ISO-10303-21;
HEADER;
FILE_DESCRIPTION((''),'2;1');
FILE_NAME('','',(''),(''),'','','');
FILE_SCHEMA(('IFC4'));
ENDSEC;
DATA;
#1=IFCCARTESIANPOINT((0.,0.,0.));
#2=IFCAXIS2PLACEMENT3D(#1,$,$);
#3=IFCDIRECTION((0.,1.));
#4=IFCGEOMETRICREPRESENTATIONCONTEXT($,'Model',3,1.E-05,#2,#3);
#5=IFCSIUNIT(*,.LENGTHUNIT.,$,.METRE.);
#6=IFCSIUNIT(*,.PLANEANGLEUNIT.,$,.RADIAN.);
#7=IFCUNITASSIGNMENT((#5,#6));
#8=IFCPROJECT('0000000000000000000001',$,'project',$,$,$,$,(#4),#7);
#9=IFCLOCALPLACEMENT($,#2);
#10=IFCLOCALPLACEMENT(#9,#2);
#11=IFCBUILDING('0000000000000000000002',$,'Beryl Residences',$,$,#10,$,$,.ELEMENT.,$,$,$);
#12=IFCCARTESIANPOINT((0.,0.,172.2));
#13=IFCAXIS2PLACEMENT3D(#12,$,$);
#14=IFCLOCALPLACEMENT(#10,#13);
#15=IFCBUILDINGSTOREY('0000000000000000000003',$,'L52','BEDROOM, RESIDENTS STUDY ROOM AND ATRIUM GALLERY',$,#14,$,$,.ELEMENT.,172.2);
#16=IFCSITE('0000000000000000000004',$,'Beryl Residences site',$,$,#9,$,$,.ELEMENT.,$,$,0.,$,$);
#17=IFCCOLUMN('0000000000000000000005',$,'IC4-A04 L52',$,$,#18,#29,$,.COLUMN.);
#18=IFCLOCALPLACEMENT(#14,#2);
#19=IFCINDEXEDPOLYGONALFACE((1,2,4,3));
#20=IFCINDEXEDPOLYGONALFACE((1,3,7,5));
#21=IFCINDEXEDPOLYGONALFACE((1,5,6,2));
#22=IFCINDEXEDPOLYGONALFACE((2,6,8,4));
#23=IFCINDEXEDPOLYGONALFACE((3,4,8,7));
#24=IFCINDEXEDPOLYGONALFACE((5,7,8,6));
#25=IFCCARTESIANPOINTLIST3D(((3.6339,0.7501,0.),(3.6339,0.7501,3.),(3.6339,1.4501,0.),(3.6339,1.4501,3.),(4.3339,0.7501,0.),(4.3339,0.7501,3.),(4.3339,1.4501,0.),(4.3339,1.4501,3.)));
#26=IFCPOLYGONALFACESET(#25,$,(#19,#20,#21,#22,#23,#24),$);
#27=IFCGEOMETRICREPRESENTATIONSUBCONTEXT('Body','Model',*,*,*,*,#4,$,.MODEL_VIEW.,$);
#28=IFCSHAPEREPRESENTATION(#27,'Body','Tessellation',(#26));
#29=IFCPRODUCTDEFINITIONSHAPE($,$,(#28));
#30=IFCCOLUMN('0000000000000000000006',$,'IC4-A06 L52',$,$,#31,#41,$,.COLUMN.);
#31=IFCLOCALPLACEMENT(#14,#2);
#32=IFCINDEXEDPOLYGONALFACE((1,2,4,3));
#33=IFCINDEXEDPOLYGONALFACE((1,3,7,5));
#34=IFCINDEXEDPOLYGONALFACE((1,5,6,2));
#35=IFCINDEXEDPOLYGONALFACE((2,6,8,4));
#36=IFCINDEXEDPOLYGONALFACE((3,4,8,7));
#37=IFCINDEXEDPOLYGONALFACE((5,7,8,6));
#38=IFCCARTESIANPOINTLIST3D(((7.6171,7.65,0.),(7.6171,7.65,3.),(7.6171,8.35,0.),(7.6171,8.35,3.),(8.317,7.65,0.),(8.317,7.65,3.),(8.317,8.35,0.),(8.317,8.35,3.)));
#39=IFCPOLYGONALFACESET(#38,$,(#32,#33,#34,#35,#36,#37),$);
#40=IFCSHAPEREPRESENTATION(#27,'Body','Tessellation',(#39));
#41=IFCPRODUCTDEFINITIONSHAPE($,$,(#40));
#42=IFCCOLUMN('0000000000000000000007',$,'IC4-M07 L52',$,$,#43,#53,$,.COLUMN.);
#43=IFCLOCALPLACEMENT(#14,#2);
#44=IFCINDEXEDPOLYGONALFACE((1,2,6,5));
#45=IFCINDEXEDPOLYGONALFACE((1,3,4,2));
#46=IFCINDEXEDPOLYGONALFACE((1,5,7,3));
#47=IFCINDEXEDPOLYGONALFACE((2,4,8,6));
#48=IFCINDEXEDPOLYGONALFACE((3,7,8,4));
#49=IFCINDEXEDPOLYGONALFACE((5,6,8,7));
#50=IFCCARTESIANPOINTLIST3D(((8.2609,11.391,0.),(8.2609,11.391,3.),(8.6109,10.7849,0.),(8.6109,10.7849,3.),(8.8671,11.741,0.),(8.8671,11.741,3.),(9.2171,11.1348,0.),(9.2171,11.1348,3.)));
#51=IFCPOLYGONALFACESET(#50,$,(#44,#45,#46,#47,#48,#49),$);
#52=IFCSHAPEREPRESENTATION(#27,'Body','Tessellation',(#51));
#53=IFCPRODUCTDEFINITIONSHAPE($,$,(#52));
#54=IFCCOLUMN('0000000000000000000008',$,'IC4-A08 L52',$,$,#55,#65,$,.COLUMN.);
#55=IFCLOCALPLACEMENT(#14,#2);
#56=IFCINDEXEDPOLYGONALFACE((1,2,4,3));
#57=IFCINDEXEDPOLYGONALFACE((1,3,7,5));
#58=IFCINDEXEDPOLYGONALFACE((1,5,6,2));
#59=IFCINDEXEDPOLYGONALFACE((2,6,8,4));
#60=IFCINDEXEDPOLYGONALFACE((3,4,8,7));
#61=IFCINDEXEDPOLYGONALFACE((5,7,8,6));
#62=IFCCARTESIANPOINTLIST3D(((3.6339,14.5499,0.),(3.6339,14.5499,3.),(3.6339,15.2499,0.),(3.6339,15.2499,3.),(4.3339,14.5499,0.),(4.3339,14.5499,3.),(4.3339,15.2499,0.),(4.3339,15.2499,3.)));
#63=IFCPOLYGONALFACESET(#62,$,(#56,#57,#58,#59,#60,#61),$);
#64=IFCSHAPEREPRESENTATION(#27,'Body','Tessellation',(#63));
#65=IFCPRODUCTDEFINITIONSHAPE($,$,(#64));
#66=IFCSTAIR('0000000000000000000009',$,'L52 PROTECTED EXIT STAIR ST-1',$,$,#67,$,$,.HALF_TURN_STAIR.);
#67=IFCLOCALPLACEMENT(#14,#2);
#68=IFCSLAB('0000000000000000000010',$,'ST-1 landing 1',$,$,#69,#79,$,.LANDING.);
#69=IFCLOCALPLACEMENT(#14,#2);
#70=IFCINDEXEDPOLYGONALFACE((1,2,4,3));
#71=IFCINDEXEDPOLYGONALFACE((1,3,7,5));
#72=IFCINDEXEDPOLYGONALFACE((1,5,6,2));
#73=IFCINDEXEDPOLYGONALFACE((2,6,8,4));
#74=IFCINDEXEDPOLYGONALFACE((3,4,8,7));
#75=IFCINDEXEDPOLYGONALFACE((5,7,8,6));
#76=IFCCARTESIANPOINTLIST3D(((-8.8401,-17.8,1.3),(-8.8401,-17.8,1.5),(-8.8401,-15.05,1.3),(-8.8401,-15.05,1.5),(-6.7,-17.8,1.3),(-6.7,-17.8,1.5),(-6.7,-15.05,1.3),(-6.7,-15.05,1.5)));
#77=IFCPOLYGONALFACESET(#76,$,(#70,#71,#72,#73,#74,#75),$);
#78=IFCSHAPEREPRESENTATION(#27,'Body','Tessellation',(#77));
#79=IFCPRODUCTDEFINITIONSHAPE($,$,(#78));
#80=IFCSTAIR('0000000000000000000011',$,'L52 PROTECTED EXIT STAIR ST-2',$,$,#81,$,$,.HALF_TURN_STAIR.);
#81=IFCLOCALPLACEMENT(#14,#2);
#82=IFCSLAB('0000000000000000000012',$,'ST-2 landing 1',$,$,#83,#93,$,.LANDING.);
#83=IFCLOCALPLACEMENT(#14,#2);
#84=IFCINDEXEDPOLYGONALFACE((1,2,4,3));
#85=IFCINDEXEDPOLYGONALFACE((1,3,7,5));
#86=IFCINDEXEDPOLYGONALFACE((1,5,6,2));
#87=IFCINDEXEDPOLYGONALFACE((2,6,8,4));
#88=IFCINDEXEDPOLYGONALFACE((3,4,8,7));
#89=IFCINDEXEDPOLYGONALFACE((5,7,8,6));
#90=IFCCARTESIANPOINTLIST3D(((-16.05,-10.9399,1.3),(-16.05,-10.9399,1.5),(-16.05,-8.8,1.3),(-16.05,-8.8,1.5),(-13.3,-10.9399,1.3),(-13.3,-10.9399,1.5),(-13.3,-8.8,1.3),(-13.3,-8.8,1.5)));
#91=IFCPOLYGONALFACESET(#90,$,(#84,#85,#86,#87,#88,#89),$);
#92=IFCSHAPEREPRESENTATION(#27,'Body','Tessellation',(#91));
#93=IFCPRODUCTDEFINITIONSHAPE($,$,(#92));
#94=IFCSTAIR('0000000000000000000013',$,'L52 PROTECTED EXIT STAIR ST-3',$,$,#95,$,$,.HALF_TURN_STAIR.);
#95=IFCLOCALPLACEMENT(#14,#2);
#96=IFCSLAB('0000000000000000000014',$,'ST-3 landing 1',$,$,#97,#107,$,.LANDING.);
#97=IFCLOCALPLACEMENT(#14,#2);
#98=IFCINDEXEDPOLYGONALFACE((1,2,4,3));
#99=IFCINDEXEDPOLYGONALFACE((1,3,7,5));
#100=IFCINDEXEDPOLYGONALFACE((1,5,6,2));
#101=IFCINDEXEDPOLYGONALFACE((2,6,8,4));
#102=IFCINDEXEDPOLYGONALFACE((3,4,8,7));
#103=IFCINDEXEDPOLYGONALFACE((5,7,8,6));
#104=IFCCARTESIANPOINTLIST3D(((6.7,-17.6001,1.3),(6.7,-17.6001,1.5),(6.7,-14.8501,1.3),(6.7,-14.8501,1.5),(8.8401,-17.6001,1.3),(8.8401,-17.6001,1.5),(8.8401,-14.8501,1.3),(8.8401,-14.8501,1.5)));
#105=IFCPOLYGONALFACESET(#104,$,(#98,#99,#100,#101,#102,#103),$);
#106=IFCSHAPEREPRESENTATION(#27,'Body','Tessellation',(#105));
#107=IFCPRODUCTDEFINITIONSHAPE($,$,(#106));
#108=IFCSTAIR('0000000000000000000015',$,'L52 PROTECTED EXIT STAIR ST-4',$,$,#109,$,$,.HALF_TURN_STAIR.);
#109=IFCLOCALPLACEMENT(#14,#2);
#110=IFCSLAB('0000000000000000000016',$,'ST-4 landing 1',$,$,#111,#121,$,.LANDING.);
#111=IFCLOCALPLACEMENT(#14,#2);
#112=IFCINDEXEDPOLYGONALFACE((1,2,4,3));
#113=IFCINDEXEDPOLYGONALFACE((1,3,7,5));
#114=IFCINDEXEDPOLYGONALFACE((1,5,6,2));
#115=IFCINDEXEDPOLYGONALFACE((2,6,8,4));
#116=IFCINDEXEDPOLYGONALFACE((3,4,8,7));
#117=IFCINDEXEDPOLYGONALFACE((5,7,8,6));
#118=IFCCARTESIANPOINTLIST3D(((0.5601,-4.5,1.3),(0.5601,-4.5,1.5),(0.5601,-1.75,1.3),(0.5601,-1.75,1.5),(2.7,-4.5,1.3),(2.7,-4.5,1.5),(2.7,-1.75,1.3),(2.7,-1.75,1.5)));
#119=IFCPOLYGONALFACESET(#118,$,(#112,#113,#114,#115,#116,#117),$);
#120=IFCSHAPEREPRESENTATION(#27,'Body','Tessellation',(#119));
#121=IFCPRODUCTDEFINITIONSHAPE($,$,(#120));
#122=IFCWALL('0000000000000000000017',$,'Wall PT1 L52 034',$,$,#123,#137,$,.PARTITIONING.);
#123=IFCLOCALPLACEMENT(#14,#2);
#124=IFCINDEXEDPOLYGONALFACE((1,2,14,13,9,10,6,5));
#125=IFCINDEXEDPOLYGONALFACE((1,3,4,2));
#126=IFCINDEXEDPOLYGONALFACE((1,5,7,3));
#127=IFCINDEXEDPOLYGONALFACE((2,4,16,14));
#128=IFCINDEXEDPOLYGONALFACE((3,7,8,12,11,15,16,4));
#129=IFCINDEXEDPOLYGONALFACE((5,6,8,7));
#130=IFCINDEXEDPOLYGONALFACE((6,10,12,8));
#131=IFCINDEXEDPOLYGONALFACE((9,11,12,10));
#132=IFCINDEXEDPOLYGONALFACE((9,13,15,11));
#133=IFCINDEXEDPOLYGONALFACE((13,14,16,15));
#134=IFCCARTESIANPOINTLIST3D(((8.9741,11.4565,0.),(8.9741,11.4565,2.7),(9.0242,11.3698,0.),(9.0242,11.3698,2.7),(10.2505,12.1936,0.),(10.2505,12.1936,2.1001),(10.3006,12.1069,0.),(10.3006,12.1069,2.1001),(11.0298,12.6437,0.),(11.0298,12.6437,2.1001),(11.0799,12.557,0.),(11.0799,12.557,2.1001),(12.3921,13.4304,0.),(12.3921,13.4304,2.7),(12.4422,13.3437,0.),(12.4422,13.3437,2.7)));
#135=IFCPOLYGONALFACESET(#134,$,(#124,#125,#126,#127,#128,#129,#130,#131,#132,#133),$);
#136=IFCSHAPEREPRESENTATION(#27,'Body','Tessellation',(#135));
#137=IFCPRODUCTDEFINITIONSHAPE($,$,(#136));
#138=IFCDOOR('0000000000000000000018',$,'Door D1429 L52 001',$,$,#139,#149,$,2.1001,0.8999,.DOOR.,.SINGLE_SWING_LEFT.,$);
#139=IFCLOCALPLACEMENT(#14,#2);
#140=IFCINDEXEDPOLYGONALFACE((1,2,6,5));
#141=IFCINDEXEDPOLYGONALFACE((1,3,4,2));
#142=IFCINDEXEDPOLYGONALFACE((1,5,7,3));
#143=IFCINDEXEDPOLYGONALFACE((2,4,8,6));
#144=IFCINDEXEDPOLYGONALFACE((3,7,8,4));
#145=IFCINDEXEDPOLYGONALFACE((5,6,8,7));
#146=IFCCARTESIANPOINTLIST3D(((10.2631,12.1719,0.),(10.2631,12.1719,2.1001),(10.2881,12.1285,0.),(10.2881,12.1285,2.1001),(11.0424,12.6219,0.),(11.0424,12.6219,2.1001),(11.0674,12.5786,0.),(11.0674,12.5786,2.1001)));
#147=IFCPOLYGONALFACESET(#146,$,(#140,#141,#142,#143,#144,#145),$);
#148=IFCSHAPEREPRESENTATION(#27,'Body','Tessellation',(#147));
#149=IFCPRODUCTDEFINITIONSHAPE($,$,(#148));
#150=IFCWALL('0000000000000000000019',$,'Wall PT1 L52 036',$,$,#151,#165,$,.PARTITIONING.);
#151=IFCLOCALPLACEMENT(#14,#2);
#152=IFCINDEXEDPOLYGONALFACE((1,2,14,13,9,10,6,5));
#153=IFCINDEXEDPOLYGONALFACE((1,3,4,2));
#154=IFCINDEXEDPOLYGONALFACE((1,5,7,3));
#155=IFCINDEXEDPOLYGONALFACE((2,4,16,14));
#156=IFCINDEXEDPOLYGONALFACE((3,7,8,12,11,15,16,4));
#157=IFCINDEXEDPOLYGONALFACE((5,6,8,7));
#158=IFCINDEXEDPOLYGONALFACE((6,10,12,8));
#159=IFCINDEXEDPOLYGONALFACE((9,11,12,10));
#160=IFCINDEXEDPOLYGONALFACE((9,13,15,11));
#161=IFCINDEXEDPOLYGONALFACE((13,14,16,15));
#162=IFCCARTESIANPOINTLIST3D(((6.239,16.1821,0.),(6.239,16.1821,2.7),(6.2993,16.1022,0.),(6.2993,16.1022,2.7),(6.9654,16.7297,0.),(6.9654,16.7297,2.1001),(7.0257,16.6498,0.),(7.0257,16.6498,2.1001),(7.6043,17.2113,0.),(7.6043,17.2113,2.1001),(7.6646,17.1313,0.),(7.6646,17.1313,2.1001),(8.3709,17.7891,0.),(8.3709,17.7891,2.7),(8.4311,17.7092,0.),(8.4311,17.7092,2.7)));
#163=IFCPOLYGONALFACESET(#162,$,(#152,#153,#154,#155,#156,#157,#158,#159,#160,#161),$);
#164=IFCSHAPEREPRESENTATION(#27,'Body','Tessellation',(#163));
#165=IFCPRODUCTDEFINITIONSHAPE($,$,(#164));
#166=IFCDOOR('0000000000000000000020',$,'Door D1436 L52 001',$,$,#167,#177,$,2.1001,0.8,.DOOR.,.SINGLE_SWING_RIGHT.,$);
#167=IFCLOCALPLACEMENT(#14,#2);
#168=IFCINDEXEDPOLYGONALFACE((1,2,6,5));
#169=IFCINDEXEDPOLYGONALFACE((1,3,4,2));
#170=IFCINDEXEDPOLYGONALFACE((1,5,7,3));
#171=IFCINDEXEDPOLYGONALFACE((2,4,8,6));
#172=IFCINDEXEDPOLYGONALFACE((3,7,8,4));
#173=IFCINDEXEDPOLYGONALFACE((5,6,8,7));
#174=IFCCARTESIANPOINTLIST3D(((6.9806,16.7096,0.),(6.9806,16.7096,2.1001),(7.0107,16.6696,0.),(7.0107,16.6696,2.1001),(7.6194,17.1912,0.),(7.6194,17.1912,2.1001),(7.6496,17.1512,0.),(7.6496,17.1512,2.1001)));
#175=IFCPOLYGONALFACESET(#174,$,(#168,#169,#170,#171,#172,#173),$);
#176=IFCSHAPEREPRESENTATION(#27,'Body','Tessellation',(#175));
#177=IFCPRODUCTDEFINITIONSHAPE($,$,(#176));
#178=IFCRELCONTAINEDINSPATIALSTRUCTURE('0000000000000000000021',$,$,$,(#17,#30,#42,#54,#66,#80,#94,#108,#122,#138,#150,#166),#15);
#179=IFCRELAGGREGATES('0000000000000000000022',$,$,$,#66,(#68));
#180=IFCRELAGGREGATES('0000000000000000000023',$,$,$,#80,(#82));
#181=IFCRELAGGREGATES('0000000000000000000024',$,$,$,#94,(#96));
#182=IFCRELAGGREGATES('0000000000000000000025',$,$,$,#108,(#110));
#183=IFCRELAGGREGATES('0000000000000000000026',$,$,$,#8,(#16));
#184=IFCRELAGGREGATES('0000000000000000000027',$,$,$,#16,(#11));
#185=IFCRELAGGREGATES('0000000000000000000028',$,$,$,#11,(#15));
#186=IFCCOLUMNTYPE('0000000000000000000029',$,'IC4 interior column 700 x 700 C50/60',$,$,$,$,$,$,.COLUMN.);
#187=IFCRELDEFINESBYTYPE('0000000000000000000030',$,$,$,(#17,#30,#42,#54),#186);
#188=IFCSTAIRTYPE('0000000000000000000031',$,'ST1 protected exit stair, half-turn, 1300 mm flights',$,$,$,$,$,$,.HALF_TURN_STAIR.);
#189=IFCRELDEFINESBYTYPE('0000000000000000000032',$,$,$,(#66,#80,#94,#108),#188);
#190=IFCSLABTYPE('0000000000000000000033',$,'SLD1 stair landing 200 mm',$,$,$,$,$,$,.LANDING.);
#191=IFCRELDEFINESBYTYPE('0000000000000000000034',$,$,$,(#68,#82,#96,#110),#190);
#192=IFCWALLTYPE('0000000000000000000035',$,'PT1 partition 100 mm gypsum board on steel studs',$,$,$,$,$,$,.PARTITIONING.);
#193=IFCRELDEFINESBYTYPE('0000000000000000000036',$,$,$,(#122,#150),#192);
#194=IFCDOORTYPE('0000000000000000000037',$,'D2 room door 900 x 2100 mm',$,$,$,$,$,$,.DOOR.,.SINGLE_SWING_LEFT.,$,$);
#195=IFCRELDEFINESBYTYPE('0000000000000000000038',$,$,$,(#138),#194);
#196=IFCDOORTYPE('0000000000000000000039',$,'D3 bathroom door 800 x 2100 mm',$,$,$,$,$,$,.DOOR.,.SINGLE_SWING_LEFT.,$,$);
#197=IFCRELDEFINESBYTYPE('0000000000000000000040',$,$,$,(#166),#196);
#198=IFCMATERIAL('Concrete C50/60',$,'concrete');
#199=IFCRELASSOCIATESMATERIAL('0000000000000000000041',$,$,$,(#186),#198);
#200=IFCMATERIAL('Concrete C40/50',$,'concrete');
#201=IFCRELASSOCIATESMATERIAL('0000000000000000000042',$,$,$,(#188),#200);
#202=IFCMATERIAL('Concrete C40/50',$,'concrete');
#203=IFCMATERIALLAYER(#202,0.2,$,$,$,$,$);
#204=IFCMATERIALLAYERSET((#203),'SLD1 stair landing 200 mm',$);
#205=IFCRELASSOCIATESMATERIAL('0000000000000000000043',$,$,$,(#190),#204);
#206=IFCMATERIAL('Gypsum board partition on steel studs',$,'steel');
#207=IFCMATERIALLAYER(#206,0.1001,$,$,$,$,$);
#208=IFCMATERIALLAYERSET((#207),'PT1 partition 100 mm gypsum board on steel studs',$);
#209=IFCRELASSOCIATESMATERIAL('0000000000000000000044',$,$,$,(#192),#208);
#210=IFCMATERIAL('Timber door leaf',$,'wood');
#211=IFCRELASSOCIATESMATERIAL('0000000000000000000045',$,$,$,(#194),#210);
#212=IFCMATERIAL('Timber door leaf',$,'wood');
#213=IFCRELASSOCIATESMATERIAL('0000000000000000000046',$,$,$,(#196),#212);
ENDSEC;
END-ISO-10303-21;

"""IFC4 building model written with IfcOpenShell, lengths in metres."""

from ifc_helpers import new_model, si_unit, direction, frame, frame_2d, origin, origin_2d, place, context, subcontext, project, spatial, polyline, rectangle, outline, extrude, material, layer, layer_set, material_profile, profile_set, type_object, element, fill, aggregate, save


model = new_model("IFC4")

# Units and contexts
model_context = context("Model", 3, precision=1e-05, world=origin(), true_north=direction((0.0, 1.0)))
body_context = subcontext(model_context, "Body", "Model", "MODEL_VIEW")
ifc_project = project(units=[si_unit("LENGTHUNIT", "METRE"), si_unit("PLANEANGLEUNIT", "RADIAN")], contexts=[model_context])

# Site, building, storey
site_placement = place(None, origin())
site = spatial("IfcSite", under=ifc_project, at=site_placement, Name="Beryl Residences site", CompositionType="ELEMENT", RefElevation=0.0)
building_placement = place(site_placement, origin())
building = spatial("IfcBuilding", under=site, at=building_placement, Name="Beryl Residences", CompositionType="ELEMENT")
storey_placement = place(building_placement, frame((0.0, 0.0, 172.2)))
storey = spatial("IfcBuildingStorey", under=building, at=storey_placement, Name="L52", Description="BEDROOM, RESIDENTS STUDY ROOM AND ATRIUM GALLERY", CompositionType="ELEMENT", Elevation=172.2)

# Columns
ifc_material_1 = material(Name="Concrete C50/60", Category="concrete")
ifc_material_profile = material_profile(ifc_material_1, rectangle(XDim=0.7, YDim=0.7, at=origin_2d()))
ifc_profile_set = profile_set([ifc_material_profile], Name="Concrete C50/60")
column_type = type_object("IfcColumnType", Name="IC4 interior column 700 x 700 C50/60", PredefinedType="COLUMN", material=ifc_profile_set)
for number, where, z_axis, x_axis, name in (
    (1, (3.9839, 1.1001, 0.0), (0.0, 0.0, 1.0), (1.0, 0.0, 0.0), "IC4-A04 L52"),
    (2, (7.967, 8.0, 0.0), (0.0, 0.0, 1.0), (1.0, 0.0, 0.0), "IC4-A06 L52"),
    (3, (8.739, 11.2629, 0.0), (0.0, 0.0, 1.0), (-0.5, 0.866025, 0.0), "IC4-M07 L52"),
    (4, (3.9839, 14.8999, 0.0), (0.0, 0.0, 1.0), (1.0, 0.0, 0.0), "IC4-A08 L52"),
):
    element("IfcColumn", number, at=place(storey_placement, frame(where, z_axis=z_axis, x_axis=x_axis)), inside=storey, type_object=column_type, Name=name, PredefinedType="COLUMN", context=body_context, shape_type="SweptSolid", body=[
        extrude(rectangle(XDim=0.7, YDim=0.7, at=origin_2d()), origin(), (0.0, 0.0, 1.0), 3.0),
    ])

# Stairs, slabs
ifc_material_2 = material(Name="Concrete C40/50", Category="concrete")
stair_type = type_object("IfcStairType", Name="ST1 protected exit stair, half-turn, 1300 mm flights", PredefinedType="HALF_TURN_STAIR", material=ifc_material_2)
stair_1_placement = place(storey_placement, origin())
stair_1 = element("IfcStair", 5, at=stair_1_placement, inside=storey, type_object=stair_type, Name="L52 PROTECTED EXIT STAIR ST-1", PredefinedType="HALF_TURN_STAIR")
ifc_material_3 = material(Name="Concrete C40/50", Category="concrete")
ifc_layer_1 = layer(ifc_material_3, 0.2)
ifc_layer_set_1 = layer_set([ifc_layer_1], Name="SLD1 stair landing 200 mm")
slab_type_1 = type_object("IfcSlabType", Name="SLD1 stair landing 200 mm", PredefinedType="LANDING", material=ifc_layer_set_1)
slab_1_placement = place(storey_placement, frame((0.0, 0.0, 1.3)))
slab_1 = element("IfcSlab", 6, at=slab_1_placement, type_object=slab_type_1, Name="ST-1 landing 1", PredefinedType="LANDING", context=body_context, shape_type="SweptSolid", body=[
    extrude(outline(polyline([(-8.8401, -17.8), (-6.7, -17.8), (-6.7, -15.05), (-8.8401, -15.05), (-8.8401, -17.8)])), origin(), (0.0, 0.0, 1.0), 0.2),
])
aggregate(stair_1, [slab_1])
stair_2_placement = place(storey_placement, origin())
stair_2 = element("IfcStair", 7, at=stair_2_placement, inside=storey, type_object=stair_type, Name="L52 PROTECTED EXIT STAIR ST-2", PredefinedType="HALF_TURN_STAIR")
slab_2_placement = place(storey_placement, frame((0.0, 0.0, 1.3)))
slab_2 = element("IfcSlab", 8, at=slab_2_placement, type_object=slab_type_1, Name="ST-2 landing 1", PredefinedType="LANDING", context=body_context, shape_type="SweptSolid", body=[
    extrude(outline(polyline([(-13.3, -10.9399), (-13.3, -8.8), (-16.05, -8.8), (-16.05, -10.9399), (-13.3, -10.9399)])), origin(), (0.0, 0.0, 1.0), 0.2),
])
aggregate(stair_2, [slab_2])
stair_3_placement = place(storey_placement, origin())
stair_3 = element("IfcStair", 9, at=stair_3_placement, inside=storey, type_object=stair_type, Name="L52 PROTECTED EXIT STAIR ST-3", PredefinedType="HALF_TURN_STAIR")
slab_3_placement = place(storey_placement, frame((0.0, 0.0, 1.3)))
slab_3 = element("IfcSlab", 10, at=slab_3_placement, type_object=slab_type_1, Name="ST-3 landing 1", PredefinedType="LANDING", context=body_context, shape_type="SweptSolid", body=[
    extrude(outline(polyline([(8.8401, -14.8501), (6.7, -14.8501), (6.7, -17.6001), (8.8401, -17.6001), (8.8401, -14.8501)])), origin(), (0.0, 0.0, 1.0), 0.2),
])
aggregate(stair_3, [slab_3])
stair_4_placement = place(storey_placement, origin())
stair_4 = element("IfcStair", 11, at=stair_4_placement, inside=storey, type_object=stair_type, Name="L52 PROTECTED EXIT STAIR ST-4", PredefinedType="HALF_TURN_STAIR")
slab_4_placement = place(storey_placement, frame((0.0, 0.0, 1.3)))
slab_4 = element("IfcSlab", 12, at=slab_4_placement, type_object=slab_type_1, Name="ST-4 landing 1", PredefinedType="LANDING", context=body_context, shape_type="SweptSolid", body=[
    extrude(outline(polyline([(0.5601, -4.5), (2.7, -4.5), (2.7, -1.75), (0.5601, -1.75), (0.5601, -4.5)])), origin(), (0.0, 0.0, 1.0), 0.2),
])
aggregate(stair_4, [slab_4])

# Walls, openings, doors
ifc_material_4 = material(Name="Gypsum board partition on steel studs", Category="steel")
ifc_layer_2 = layer(ifc_material_4, 0.1001)
ifc_layer_set_2 = layer_set([ifc_layer_2], Name="PT1 partition 100 mm gypsum board on steel studs")
wall_type_1 = type_object("IfcWallType", Name="PT1 partition 100 mm gypsum board on steel studs", PredefinedType="PARTITIONING", material=ifc_layer_set_2)
wall_1_placement = place(storey_placement, frame((8.999, 11.4131, 0.0), z_axis=(0.0, 0.0, 1.0), x_axis=(0.865969, 0.500097, 0.0)))
wall_1 = element("IfcWall", 13, at=wall_1_placement, inside=storey, type_object=wall_type_1, Name="Wall PT1 L52 034", PredefinedType="PARTITIONING", context=body_context, shape_type="SweptSolid", body=[
    extrude(rectangle(XDim=3.947, YDim=0.1001, at=frame_2d((1.9736, 0.0))), origin(), (0.0, 0.0, 1.0), 2.7),
])
opening_1_placement = place(wall_1_placement, frame((1.4741, 0.0, 0.0)))
opening_1 = element("IfcOpeningElement", 14, at=opening_1_placement, cuts=wall_1, PredefinedType="OPENING", context=body_context, shape_type="SweptSolid", body=[
    extrude(rectangle(XDim=0.8999, YDim=2.1001, at=frame_2d((0.45, 1.05))), frame((0.0, 0.0601, 0.0), z_axis=(0.0, -1.0, 0.0), x_axis=(1.0, 0.0, 0.0)), (0.0, 0.0, 1.0), 0.1201),
])
ifc_material_5 = material(Name="Timber door leaf", Category="wood")
door_type_1 = type_object("IfcDoorType", Name="D2 room door 900 x 2100 mm", OperationType="SINGLE_SWING_LEFT", PredefinedType="DOOR", material=ifc_material_5)
door_1_placement = place(opening_1_placement, origin())
door_1 = element("IfcDoor", 15, at=door_1_placement, inside=storey, type_object=door_type_1, Name="Door D1429 L52 001", OperationType="SINGLE_SWING_LEFT", OverallHeight=2.1001, OverallWidth=0.8999, PredefinedType="DOOR", context=body_context, shape_type="SweptSolid", body=[
    extrude(rectangle(XDim=0.8999, YDim=2.1001, at=frame_2d((0.45, 1.05))), frame((0.0, 0.0249, 0.0), z_axis=(0.0, -1.0, 0.0), x_axis=(1.0, 0.0, 0.0)), (0.0, 0.0, 1.0), 0.05),
])
fill(opening_1, door_1)
wall_2_placement = place(storey_placement, frame((6.269, 16.1421, 0.0), z_axis=(0.0, 0.0, 1.0), x_axis=(0.798549, 0.60193, 0.0)))
wall_2 = element("IfcWall", 16, at=wall_2_placement, inside=storey, type_object=wall_type_1, Name="Wall PT1 L52 036", PredefinedType="PARTITIONING", context=body_context, shape_type="SweptSolid", body=[
    extrude(rectangle(XDim=2.6697, YDim=0.1001, at=frame_2d((1.335, 0.0))), origin(), (0.0, 0.0, 1.0), 2.7),
])
opening_2_placement = place(wall_2_placement, frame((0.9099, 0.0, 0.0)))
opening_2 = element("IfcOpeningElement", 17, at=opening_2_placement, cuts=wall_2, PredefinedType="OPENING", context=body_context, shape_type="SweptSolid", body=[
    extrude(rectangle(XDim=0.8, YDim=2.1001, at=frame_2d((0.3999, 1.05))), frame((0.0, 0.0601, 0.0), z_axis=(0.0, -1.0, 0.0), x_axis=(1.0, 0.0, 0.0)), (0.0, 0.0, 1.0), 0.1201),
])
ifc_material_6 = material(Name="Timber door leaf", Category="wood")
door_type_2 = type_object("IfcDoorType", Name="D3 bathroom door 800 x 2100 mm", OperationType="SINGLE_SWING_LEFT", PredefinedType="DOOR", material=ifc_material_6)
door_2_placement = place(opening_2_placement, origin())
door_2 = element("IfcDoor", 18, at=door_2_placement, inside=storey, type_object=door_type_2, Name="Door D1436 L52 001", OperationType="SINGLE_SWING_RIGHT", OverallHeight=2.1001, OverallWidth=0.8, PredefinedType="DOOR", context=body_context, shape_type="SweptSolid", body=[
    extrude(rectangle(XDim=0.8, YDim=2.1001, at=frame_2d((0.3999, 1.05))), frame((0.0, 0.0249, 0.0), z_axis=(0.0, -1.0, 0.0), x_axis=(1.0, 0.0, 0.0)), (0.0, 0.0, 1.0), 0.05),
])
fill(opening_2, door_2)

save(model, "model.ifc")
